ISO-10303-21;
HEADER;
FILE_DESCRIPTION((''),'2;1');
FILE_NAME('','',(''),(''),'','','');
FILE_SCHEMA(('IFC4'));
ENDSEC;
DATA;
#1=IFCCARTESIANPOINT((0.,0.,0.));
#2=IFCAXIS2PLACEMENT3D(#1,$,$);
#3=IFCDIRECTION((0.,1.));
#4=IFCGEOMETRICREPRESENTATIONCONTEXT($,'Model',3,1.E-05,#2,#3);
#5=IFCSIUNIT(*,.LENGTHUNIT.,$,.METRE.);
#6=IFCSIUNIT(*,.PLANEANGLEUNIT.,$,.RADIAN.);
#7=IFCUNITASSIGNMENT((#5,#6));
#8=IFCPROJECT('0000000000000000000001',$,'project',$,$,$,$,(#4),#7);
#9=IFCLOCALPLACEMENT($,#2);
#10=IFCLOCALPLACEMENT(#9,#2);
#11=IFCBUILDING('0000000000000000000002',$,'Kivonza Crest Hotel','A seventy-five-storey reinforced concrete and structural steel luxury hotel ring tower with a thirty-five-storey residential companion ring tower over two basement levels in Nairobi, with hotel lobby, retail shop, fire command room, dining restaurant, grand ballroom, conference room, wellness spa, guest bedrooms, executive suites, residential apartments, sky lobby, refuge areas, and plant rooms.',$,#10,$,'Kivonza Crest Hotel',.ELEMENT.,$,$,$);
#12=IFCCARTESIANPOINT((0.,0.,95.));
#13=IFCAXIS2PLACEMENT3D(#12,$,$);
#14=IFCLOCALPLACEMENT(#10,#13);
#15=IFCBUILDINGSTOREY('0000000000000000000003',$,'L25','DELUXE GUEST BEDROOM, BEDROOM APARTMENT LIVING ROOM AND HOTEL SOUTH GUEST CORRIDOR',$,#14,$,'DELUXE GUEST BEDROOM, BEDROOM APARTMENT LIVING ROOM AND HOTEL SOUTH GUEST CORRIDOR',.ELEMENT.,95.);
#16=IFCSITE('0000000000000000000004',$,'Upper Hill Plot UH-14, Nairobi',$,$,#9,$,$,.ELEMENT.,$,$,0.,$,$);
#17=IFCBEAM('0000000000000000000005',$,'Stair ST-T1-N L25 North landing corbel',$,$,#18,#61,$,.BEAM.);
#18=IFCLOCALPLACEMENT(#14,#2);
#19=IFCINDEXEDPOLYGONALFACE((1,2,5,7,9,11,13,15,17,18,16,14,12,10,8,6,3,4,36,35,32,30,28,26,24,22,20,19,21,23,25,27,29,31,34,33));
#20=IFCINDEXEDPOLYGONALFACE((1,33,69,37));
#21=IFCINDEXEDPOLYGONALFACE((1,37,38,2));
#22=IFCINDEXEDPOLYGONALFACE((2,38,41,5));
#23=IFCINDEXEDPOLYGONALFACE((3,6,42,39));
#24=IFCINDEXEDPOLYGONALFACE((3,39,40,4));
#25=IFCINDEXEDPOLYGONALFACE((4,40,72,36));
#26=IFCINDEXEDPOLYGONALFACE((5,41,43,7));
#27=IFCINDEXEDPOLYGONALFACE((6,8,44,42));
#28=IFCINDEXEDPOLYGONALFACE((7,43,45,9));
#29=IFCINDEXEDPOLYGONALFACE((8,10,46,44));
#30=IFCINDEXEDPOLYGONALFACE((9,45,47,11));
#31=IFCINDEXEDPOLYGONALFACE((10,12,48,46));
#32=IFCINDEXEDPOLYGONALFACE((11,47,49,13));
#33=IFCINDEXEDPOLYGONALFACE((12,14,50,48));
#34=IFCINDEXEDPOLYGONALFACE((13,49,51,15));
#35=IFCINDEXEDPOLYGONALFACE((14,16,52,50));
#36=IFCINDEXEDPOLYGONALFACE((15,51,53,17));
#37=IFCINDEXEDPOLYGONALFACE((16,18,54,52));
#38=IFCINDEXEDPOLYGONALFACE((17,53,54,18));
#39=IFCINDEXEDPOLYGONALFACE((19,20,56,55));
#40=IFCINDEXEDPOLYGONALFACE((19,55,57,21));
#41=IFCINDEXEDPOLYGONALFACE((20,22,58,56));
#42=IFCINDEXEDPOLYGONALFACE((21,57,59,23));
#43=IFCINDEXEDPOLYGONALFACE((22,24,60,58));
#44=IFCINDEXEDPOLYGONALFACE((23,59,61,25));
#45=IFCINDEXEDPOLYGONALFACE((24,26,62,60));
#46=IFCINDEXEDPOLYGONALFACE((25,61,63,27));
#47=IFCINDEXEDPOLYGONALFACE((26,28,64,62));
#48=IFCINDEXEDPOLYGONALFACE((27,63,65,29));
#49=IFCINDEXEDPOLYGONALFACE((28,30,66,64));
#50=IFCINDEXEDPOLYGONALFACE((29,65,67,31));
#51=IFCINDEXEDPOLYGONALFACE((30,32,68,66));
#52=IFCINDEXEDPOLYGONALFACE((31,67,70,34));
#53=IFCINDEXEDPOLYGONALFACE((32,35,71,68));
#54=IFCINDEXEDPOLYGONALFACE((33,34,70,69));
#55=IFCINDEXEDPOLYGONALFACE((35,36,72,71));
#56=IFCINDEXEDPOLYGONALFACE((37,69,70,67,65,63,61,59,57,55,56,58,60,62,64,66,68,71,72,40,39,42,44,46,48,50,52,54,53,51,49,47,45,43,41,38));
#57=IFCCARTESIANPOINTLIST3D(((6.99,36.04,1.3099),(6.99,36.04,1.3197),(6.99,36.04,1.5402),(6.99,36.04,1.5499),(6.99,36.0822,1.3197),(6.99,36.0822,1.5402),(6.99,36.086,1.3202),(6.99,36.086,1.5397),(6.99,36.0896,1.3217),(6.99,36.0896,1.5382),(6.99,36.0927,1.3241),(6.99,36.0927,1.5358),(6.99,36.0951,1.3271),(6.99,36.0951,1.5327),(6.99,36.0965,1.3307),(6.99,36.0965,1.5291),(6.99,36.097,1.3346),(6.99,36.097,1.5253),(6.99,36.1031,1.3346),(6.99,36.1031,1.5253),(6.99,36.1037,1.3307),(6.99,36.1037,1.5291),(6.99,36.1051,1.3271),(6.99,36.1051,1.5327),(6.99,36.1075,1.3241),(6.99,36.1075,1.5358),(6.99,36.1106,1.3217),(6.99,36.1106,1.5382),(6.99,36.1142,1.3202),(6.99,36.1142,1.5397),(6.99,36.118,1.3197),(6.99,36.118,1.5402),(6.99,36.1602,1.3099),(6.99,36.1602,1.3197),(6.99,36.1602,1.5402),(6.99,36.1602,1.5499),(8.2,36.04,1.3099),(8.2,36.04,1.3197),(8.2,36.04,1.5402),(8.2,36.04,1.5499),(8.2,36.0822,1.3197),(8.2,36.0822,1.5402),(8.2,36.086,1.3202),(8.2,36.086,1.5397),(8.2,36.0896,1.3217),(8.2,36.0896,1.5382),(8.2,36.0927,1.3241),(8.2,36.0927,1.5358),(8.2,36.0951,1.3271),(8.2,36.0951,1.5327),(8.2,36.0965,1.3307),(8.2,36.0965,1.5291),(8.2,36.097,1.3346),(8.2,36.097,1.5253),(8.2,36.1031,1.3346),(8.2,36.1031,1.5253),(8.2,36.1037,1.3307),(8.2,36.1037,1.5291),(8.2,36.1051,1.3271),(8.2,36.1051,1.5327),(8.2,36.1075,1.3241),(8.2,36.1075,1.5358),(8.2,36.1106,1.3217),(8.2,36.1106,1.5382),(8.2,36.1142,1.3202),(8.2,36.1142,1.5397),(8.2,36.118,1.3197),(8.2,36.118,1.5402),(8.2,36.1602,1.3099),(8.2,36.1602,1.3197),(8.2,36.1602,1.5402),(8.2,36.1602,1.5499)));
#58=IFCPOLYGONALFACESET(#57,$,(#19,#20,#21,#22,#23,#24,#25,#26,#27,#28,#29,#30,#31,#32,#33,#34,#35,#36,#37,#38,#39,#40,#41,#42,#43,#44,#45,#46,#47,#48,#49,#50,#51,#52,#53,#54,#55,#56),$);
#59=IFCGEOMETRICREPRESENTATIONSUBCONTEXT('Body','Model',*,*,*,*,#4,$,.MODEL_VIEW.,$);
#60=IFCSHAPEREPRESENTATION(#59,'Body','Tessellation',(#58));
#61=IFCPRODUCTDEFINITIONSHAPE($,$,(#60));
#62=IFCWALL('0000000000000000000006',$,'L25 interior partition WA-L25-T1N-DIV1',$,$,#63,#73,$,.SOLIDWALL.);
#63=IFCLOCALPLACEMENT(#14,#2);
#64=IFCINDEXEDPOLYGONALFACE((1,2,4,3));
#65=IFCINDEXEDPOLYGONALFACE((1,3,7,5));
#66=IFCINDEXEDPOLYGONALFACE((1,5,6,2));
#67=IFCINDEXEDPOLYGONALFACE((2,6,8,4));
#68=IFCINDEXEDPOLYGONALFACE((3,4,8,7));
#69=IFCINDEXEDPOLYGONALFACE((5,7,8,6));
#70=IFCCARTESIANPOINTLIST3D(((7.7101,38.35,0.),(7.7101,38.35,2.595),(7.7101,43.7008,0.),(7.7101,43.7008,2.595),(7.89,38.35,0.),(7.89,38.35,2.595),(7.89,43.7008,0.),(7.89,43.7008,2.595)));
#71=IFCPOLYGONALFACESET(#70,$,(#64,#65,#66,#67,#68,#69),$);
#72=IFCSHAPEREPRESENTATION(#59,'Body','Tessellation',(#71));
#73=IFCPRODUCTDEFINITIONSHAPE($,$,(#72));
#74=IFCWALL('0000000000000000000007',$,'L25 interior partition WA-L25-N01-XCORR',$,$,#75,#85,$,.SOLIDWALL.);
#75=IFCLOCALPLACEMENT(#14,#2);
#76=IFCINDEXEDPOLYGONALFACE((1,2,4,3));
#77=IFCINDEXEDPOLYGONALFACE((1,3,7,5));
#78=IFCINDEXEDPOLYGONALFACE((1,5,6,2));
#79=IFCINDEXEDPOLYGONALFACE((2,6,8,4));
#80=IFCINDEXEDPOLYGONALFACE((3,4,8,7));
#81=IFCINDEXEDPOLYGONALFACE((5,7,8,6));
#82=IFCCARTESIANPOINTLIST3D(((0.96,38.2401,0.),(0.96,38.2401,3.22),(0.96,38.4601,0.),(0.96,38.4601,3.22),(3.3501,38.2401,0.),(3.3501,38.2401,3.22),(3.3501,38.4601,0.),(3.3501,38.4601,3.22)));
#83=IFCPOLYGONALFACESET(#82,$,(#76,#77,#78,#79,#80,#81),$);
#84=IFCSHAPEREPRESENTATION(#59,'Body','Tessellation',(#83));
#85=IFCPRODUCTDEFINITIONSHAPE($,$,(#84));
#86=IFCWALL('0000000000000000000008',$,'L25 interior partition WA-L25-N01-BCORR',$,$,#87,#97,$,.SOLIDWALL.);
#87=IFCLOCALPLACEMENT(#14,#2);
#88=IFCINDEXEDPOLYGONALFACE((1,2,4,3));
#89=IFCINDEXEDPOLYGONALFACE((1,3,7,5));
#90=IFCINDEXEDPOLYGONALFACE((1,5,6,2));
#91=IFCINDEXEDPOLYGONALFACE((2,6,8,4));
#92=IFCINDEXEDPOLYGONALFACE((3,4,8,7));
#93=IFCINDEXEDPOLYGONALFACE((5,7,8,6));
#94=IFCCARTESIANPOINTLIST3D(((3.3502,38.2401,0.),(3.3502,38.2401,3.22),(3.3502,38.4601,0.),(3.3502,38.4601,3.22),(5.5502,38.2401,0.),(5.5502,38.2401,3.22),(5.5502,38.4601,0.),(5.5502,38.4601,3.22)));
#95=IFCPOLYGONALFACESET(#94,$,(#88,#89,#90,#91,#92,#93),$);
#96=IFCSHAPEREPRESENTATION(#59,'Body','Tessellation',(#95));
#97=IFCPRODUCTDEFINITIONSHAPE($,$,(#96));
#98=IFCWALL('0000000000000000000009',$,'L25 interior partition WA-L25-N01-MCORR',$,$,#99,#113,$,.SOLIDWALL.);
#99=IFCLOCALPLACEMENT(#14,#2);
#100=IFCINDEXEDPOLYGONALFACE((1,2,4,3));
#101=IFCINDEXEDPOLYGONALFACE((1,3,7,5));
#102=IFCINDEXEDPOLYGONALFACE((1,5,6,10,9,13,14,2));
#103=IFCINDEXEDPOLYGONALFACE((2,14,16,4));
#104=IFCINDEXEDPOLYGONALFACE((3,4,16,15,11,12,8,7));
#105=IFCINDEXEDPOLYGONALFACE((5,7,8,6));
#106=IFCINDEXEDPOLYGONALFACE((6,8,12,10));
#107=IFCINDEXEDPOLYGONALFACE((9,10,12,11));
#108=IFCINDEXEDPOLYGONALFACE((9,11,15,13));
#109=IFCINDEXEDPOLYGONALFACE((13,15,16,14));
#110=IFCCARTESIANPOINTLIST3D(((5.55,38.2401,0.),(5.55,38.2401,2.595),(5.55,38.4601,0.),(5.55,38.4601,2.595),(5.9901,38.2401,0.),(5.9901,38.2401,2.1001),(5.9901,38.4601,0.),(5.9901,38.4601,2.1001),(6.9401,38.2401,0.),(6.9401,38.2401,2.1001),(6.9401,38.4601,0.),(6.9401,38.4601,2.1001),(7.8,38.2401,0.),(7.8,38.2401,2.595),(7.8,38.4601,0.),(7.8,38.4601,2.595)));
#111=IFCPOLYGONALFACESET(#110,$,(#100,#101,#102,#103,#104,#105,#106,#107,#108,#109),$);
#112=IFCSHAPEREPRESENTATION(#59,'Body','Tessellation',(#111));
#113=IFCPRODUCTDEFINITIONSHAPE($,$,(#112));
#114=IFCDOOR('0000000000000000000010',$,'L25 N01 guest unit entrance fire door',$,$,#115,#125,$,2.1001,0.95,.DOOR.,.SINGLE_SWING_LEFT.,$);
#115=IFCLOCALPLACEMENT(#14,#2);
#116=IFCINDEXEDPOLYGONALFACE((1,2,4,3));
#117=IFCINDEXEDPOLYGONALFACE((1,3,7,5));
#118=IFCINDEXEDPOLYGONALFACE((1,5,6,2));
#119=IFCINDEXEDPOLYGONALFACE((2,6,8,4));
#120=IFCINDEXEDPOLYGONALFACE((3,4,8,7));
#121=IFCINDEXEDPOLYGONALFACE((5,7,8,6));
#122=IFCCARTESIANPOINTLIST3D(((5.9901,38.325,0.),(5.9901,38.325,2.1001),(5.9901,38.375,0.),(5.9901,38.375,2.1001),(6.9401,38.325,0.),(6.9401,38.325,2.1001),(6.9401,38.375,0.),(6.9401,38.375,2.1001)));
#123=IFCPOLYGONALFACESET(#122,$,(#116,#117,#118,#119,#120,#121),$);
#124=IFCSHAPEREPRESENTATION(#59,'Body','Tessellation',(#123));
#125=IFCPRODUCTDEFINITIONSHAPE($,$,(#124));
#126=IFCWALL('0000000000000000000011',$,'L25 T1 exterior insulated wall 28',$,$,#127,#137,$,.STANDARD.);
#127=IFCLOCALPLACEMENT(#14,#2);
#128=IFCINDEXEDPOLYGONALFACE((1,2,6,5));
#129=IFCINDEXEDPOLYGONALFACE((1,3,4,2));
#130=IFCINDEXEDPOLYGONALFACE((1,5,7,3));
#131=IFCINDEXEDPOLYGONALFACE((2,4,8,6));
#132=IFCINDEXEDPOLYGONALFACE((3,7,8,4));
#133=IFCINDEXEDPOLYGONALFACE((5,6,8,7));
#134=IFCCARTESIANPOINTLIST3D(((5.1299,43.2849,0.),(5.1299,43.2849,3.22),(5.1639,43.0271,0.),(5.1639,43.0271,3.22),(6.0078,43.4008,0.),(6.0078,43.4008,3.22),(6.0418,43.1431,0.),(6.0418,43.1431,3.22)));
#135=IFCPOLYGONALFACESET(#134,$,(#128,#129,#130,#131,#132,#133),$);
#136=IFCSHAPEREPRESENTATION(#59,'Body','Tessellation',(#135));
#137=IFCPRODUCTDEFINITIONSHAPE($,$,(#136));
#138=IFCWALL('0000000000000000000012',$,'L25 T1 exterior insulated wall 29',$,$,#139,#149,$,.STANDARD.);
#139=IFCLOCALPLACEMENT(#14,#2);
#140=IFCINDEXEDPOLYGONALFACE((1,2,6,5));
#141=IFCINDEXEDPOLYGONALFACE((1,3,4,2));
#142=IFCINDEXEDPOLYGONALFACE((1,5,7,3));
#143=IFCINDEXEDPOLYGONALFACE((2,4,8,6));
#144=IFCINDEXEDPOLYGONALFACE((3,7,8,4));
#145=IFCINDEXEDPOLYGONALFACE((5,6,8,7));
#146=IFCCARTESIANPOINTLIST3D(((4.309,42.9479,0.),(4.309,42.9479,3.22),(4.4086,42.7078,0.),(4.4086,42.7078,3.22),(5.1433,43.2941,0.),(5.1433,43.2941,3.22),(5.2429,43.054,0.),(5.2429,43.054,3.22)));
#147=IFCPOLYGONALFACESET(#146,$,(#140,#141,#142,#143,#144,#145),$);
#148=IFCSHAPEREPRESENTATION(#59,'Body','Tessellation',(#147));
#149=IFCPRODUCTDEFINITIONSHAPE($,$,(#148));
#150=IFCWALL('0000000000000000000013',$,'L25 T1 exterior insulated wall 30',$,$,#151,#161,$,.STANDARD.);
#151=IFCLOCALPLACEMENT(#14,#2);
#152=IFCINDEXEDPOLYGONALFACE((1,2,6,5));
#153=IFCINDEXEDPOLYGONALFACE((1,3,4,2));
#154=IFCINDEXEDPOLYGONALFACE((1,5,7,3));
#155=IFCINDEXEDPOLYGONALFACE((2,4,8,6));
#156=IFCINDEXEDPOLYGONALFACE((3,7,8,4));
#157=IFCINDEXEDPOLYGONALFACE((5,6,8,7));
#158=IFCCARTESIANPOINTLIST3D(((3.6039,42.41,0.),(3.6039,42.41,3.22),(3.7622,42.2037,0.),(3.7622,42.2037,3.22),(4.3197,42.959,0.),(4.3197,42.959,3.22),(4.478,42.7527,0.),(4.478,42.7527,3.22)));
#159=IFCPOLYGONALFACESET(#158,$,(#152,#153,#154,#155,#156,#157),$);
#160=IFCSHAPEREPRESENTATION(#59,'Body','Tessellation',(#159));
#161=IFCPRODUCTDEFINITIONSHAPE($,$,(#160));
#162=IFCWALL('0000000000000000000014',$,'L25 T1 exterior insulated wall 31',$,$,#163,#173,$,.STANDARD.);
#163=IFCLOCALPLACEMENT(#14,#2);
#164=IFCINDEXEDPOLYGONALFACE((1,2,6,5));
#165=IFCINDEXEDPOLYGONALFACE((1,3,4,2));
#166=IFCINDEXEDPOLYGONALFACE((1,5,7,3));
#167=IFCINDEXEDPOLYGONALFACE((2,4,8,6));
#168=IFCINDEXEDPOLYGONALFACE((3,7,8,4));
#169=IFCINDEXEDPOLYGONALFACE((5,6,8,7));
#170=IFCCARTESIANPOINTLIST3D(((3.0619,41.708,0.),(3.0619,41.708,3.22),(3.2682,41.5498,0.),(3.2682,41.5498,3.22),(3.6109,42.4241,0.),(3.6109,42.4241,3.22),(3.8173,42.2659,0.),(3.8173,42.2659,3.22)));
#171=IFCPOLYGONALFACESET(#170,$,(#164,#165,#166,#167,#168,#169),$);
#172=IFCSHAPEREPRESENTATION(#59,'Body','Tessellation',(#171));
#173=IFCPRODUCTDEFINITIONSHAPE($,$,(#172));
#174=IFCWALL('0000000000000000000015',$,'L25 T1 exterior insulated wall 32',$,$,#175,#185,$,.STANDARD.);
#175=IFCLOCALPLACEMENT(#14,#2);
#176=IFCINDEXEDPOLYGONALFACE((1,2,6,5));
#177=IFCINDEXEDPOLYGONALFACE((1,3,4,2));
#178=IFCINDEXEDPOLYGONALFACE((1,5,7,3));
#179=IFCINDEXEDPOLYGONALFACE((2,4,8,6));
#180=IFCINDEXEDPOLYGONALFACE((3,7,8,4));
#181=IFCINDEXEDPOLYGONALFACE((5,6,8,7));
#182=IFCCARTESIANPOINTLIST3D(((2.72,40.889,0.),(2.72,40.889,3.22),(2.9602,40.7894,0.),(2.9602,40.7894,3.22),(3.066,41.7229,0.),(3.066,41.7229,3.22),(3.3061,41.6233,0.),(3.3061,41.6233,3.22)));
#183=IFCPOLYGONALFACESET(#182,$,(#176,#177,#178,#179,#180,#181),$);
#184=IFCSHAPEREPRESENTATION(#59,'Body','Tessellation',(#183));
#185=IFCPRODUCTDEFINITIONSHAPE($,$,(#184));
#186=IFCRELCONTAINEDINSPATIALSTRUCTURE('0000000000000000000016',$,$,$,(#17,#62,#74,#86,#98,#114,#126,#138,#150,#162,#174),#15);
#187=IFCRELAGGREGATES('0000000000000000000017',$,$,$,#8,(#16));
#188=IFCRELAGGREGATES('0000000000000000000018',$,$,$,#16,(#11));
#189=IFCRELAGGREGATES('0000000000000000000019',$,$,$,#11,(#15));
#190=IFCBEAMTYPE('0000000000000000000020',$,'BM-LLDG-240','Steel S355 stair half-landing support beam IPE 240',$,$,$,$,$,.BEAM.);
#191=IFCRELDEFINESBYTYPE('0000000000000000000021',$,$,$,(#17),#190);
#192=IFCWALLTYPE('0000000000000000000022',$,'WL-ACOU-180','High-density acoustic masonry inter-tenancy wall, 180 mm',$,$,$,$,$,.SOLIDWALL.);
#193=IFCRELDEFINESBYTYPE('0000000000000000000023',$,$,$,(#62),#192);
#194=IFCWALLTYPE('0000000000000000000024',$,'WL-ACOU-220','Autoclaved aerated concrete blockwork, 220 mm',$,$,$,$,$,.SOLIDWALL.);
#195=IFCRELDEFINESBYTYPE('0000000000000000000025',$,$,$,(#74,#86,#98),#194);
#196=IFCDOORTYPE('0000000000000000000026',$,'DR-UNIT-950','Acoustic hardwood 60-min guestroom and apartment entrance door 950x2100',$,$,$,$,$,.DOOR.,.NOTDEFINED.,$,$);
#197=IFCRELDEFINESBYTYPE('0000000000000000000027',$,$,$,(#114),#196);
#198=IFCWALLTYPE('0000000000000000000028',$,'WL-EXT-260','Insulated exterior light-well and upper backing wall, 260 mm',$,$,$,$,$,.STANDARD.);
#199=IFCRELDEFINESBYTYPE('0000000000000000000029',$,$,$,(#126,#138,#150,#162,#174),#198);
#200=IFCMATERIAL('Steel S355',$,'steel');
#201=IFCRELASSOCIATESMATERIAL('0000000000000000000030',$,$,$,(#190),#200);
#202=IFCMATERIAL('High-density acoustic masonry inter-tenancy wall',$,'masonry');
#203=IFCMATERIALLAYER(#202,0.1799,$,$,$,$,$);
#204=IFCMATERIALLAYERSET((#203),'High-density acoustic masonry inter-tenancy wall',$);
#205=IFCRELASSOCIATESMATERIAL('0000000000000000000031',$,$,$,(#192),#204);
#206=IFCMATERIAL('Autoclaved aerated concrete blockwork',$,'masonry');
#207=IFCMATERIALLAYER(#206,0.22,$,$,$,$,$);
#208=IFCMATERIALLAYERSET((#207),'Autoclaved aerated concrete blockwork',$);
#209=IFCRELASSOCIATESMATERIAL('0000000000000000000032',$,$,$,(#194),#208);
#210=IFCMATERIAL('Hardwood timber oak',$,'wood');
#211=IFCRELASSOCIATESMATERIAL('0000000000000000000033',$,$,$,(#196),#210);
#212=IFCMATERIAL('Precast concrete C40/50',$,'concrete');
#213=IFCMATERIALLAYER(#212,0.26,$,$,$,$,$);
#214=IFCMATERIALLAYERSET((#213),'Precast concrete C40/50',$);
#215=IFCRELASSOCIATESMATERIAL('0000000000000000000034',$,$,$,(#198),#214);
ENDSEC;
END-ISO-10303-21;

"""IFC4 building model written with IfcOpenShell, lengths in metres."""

from ifc_helpers import new_model, si_unit, direction, frame, frame_2d, origin, origin_2d, place, context, subcontext, project, spatial, rectangle, i_section, extrude, material, layer, layer_set, material_profile, profile_set, type_object, element, fill, save


model = new_model("IFC4")

# Units and contexts
model_context = context("Model", 3, precision=1e-05, world=origin(), true_north=direction((0.0, 1.0)))
body_context = subcontext(model_context, "Body", "Model", "MODEL_VIEW")
ifc_project = project(units=[si_unit("LENGTHUNIT", "METRE"), si_unit("PLANEANGLEUNIT", "RADIAN")], contexts=[model_context])

# Site, building, storey
site_placement = place(None, origin())
site = spatial("IfcSite", under=ifc_project, at=site_placement, Name="Upper Hill Plot UH-14, Nairobi", CompositionType="ELEMENT", RefElevation=0.0)
building_placement = place(site_placement, origin())
building = spatial("IfcBuilding", under=site, at=building_placement, Name="Kivonza Crest Hotel", Description="A seventy-five-storey reinforced concrete and structural steel luxury hotel ring tower with a thirty-five-storey residential companion ring tower over two basement levels in Nairobi, with hotel lobby, retail shop, fire command room, dining restaurant, grand ballroom, conference room, wellness spa, guest bedrooms, executive suites, residential apartments, sky lobby, refuge areas, and plant rooms.", LongName="Kivonza Crest Hotel", CompositionType="ELEMENT")
storey_placement = place(building_placement, frame((0.0, 0.0, 95.0)))
storey = spatial("IfcBuildingStorey", under=building, at=storey_placement, Name="L25", Description="DELUXE GUEST BEDROOM, BEDROOM APARTMENT LIVING ROOM AND HOTEL SOUTH GUEST CORRIDOR", LongName="DELUXE GUEST BEDROOM, BEDROOM APARTMENT LIVING ROOM AND HOTEL SOUTH GUEST CORRIDOR", CompositionType="ELEMENT", Elevation=95.0)

# Beam
ifc_material_1 = material(Name="Steel S355", Category="steel")
ifc_material_profile = material_profile(ifc_material_1, i_section(OverallWidth=0.1201, OverallDepth=0.24, WebThickness=0.0061, FlangeThickness=0.0098, FilletRadius=0.0149, at=origin_2d()), Name="IPE 240")
ifc_profile_set = profile_set([ifc_material_profile], Name="Steel S355")
beam_type = type_object("IfcBeamType", Name="BM-LLDG-240", Description="Steel S355 stair half-landing support beam IPE 240", PredefinedType="BEAM", material=ifc_profile_set)
beam_placement = place(storey_placement, frame((6.99, 36.1001, 1.4299), z_axis=(1.0, 0.0, 0.0), x_axis=(0.0, 1.0, 0.0)))
element("IfcBeam", 1, at=beam_placement, inside=storey, type_object=beam_type, Name="Stair ST-T1-N L25 North landing corbel", PredefinedType="BEAM", context=body_context, shape_type="SweptSolid", body=[
    extrude(i_section(OverallWidth=0.1201, OverallDepth=0.24, WebThickness=0.0061, FlangeThickness=0.0098, FilletRadius=0.0149, at=origin_2d()), origin(), (0.0, 0.0, 1.0), 1.21),
])

# Walls
ifc_material_2 = material(Name="High-density acoustic masonry inter-tenancy wall", Category="masonry")
ifc_layer_1 = layer(ifc_material_2, 0.1799)
ifc_layer_set_1 = layer_set([ifc_layer_1], Name="High-density acoustic masonry inter-tenancy wall")
wall_type_1 = type_object("IfcWallType", Name="WL-ACOU-180", Description="High-density acoustic masonry inter-tenancy wall, 180 mm", PredefinedType="SOLIDWALL", material=ifc_layer_set_1)
wall_1_placement = place(storey_placement, frame((7.8, 38.3501, 0.0), z_axis=(0.0, 0.0, 1.0), x_axis=(0.0, 1.0, 0.0)))
element("IfcWall", 2, at=wall_1_placement, inside=storey, type_object=wall_type_1, Name="L25 interior partition WA-L25-T1N-DIV1", PredefinedType="SOLIDWALL", context=body_context, shape_type="SweptSolid", body=[
    extrude(rectangle(XDim=5.3508, YDim=0.1799, at=frame_2d((2.6753, 0.0))), origin(), (0.0, 0.0, 1.0), 2.595),
])
ifc_material_3 = material(Name="Autoclaved aerated concrete blockwork", Category="masonry")
ifc_layer_2 = layer(ifc_material_3, 0.22)
ifc_layer_set_2 = layer_set([ifc_layer_2], Name="Autoclaved aerated concrete blockwork")
wall_type_2 = type_object("IfcWallType", Name="WL-ACOU-220", Description="Autoclaved aerated concrete blockwork, 220 mm", PredefinedType="SOLIDWALL", material=ifc_layer_set_2)
wall_2_placement = place(storey_placement, frame((0.96, 38.3501, 0.0), z_axis=(0.0, 0.0, 1.0), x_axis=(1.0, 0.0, 0.0)))
element("IfcWall", 3, at=wall_2_placement, inside=storey, type_object=wall_type_2, Name="L25 interior partition WA-L25-N01-XCORR", PredefinedType="SOLIDWALL", context=body_context, shape_type="SweptSolid", body=[
    extrude(rectangle(XDim=2.3901, YDim=0.22, at=frame_2d((1.1951, 0.0))), origin(), (0.0, 0.0, 1.0), 3.22),
])
wall_3_placement = place(storey_placement, frame((3.3501, 38.3501, 0.0), z_axis=(0.0, 0.0, 1.0), x_axis=(1.0, 0.0, 0.0)))
element("IfcWall", 4, at=wall_3_placement, inside=storey, type_object=wall_type_2, Name="L25 interior partition WA-L25-N01-BCORR", PredefinedType="SOLIDWALL", context=body_context, shape_type="SweptSolid", body=[
    extrude(rectangle(XDim=2.2, YDim=0.22, at=frame_2d((1.1001, 0.0))), origin(), (0.0, 0.0, 1.0), 3.22),
])

# Wall, opening, door
wall_4_placement = place(storey_placement, frame((5.55, 38.3501, 0.0), z_axis=(0.0, 0.0, 1.0), x_axis=(1.0, 0.0, 0.0)))
wall_4 = element("IfcWall", 5, at=wall_4_placement, inside=storey, type_object=wall_type_2, Name="L25 interior partition WA-L25-N01-MCORR", PredefinedType="SOLIDWALL", context=body_context, shape_type="SweptSolid", body=[
    extrude(rectangle(XDim=2.25, YDim=0.22, at=frame_2d((1.125, 0.0))), origin(), (0.0, 0.0, 1.0), 2.595),
])
opening_1_placement = place(wall_4_placement, frame((0.4399, 0.0, 0.0)))
opening_1 = element("IfcOpeningElement", 6, at=opening_1_placement, cuts=wall_4, PredefinedType="OPENING", context=body_context, shape_type="SweptSolid", body=[
    extrude(rectangle(XDim=0.95, YDim=2.1001, at=frame_2d((0.4751, 1.05))), frame((0.0, 0.1201, 0.0), z_axis=(0.0, -1.0, 0.0), x_axis=(1.0, 0.0, 0.0)), (0.0, 0.0, 1.0), 0.24),
])
ifc_material_4 = material(Name="Hardwood timber oak", Category="wood")
door_type_1 = type_object("IfcDoorType", Name="DR-UNIT-950", Description="Acoustic hardwood 60-min guestroom and apartment entrance door 950x2100", OperationType="NOTDEFINED", PredefinedType="DOOR", material=ifc_material_4)
door_1_placement = place(opening_1_placement, origin())
door_1 = element("IfcDoor", 7, at=door_1_placement, inside=storey, type_object=door_type_1, Name="L25 N01 guest unit entrance fire door", OperationType="SINGLE_SWING_LEFT", OverallHeight=2.1001, OverallWidth=0.95, PredefinedType="DOOR", context=body_context, shape_type="SweptSolid", body=[
    extrude(rectangle(XDim=0.95, YDim=2.1001, at=frame_2d((0.4751, 1.05))), frame((0.0, 0.0249, 0.0), z_axis=(0.0, -1.0, 0.0), x_axis=(1.0, 0.0, 0.0)), (0.0, 0.0, 1.0), 0.05),
])
fill(opening_1, door_1)

# Walls
ifc_material_5 = material(Name="Precast concrete C40/50", Category="concrete")
ifc_layer_3 = layer(ifc_material_5, 0.26)
ifc_layer_set_3 = layer_set([ifc_layer_3], Name="Precast concrete C40/50")
wall_type_3 = type_object("IfcWallType", Name="WL-EXT-260", Description="Insulated exterior light-well and upper backing wall, 260 mm", PredefinedType="STANDARD", material=ifc_layer_set_3)
wall_5_placement = place(storey_placement, frame((6.0249, 43.272, 0.0), z_axis=(0.0, 0.0, 1.0), x_axis=(-0.991388, -0.130954, 0.0)))
element("IfcWall", 8, at=wall_5_placement, inside=storey, type_object=wall_type_3, Name="L25 T1 exterior insulated wall 28", PredefinedType="STANDARD", context=body_context, shape_type="SweptSolid", body=[
    extrude(rectangle(XDim=0.8855, YDim=0.26, at=frame_2d((0.4429, 0.0))), origin(), (0.0, 0.0, 1.0), 3.22),
])
wall_6_placement = place(storey_placement, frame((5.1931, 43.1741, 0.0), z_axis=(0.0, 0.0, 1.0), x_axis=(-0.923628, -0.383291, 0.0)))
element("IfcWall", 9, at=wall_6_placement, inside=storey, type_object=wall_type_3, Name="L25 T1 exterior insulated wall 29", PredefinedType="STANDARD", context=body_context, shape_type="SweptSolid", body=[
    extrude(rectangle(XDim=0.9033, YDim=0.26, at=frame_2d((0.4517, 0.0))), origin(), (0.0, 0.0, 1.0), 3.22),
])
wall_7_placement = place(storey_placement, frame((4.3989, 42.856, 0.0), z_axis=(0.0, 0.0, 1.0), x_axis=(-0.793458, -0.608625, 0.0)))
element("IfcWall", 10, at=wall_7_placement, inside=storey, type_object=wall_type_3, Name="L25 T1 exterior insulated wall 30", PredefinedType="STANDARD", context=body_context, shape_type="SweptSolid", body=[
    extrude(rectangle(XDim=0.9021, YDim=0.26, at=frame_2d((0.4512, 0.0))), origin(), (0.0, 0.0, 1.0), 3.22),
])
wall_8_placement = place(storey_placement, frame((3.7141, 42.345, 0.0), z_axis=(0.0, 0.0, 1.0), x_axis=(-0.608494, -0.793558, 0.0)))
element("IfcWall", 11, at=wall_8_placement, inside=storey, type_object=wall_type_3, Name="L25 T1 exterior insulated wall 31", PredefinedType="STANDARD", context=body_context, shape_type="SweptSolid", body=[
    extrude(rectangle(XDim=0.9023, YDim=0.26, at=frame_2d((0.4512, 0.0))), origin(), (0.0, 0.0, 1.0), 3.22),
])
wall_9_placement = place(storey_placement, frame((3.186, 41.6731, 0.0), z_axis=(0.0, 0.0, 1.0), x_axis=(-0.383156, -0.923684, 0.0)))
element("IfcWall", 12, at=wall_9_placement, inside=storey, type_object=wall_type_3, Name="L25 T1 exterior insulated wall 32", PredefinedType="STANDARD", context=body_context, shape_type="SweptSolid", body=[
    extrude(rectangle(XDim=0.9028, YDim=0.26, at=frame_2d((0.4514, 0.0))), origin(), (0.0, 0.0, 1.0), 3.22),
])

save(model, "model.ifc")
